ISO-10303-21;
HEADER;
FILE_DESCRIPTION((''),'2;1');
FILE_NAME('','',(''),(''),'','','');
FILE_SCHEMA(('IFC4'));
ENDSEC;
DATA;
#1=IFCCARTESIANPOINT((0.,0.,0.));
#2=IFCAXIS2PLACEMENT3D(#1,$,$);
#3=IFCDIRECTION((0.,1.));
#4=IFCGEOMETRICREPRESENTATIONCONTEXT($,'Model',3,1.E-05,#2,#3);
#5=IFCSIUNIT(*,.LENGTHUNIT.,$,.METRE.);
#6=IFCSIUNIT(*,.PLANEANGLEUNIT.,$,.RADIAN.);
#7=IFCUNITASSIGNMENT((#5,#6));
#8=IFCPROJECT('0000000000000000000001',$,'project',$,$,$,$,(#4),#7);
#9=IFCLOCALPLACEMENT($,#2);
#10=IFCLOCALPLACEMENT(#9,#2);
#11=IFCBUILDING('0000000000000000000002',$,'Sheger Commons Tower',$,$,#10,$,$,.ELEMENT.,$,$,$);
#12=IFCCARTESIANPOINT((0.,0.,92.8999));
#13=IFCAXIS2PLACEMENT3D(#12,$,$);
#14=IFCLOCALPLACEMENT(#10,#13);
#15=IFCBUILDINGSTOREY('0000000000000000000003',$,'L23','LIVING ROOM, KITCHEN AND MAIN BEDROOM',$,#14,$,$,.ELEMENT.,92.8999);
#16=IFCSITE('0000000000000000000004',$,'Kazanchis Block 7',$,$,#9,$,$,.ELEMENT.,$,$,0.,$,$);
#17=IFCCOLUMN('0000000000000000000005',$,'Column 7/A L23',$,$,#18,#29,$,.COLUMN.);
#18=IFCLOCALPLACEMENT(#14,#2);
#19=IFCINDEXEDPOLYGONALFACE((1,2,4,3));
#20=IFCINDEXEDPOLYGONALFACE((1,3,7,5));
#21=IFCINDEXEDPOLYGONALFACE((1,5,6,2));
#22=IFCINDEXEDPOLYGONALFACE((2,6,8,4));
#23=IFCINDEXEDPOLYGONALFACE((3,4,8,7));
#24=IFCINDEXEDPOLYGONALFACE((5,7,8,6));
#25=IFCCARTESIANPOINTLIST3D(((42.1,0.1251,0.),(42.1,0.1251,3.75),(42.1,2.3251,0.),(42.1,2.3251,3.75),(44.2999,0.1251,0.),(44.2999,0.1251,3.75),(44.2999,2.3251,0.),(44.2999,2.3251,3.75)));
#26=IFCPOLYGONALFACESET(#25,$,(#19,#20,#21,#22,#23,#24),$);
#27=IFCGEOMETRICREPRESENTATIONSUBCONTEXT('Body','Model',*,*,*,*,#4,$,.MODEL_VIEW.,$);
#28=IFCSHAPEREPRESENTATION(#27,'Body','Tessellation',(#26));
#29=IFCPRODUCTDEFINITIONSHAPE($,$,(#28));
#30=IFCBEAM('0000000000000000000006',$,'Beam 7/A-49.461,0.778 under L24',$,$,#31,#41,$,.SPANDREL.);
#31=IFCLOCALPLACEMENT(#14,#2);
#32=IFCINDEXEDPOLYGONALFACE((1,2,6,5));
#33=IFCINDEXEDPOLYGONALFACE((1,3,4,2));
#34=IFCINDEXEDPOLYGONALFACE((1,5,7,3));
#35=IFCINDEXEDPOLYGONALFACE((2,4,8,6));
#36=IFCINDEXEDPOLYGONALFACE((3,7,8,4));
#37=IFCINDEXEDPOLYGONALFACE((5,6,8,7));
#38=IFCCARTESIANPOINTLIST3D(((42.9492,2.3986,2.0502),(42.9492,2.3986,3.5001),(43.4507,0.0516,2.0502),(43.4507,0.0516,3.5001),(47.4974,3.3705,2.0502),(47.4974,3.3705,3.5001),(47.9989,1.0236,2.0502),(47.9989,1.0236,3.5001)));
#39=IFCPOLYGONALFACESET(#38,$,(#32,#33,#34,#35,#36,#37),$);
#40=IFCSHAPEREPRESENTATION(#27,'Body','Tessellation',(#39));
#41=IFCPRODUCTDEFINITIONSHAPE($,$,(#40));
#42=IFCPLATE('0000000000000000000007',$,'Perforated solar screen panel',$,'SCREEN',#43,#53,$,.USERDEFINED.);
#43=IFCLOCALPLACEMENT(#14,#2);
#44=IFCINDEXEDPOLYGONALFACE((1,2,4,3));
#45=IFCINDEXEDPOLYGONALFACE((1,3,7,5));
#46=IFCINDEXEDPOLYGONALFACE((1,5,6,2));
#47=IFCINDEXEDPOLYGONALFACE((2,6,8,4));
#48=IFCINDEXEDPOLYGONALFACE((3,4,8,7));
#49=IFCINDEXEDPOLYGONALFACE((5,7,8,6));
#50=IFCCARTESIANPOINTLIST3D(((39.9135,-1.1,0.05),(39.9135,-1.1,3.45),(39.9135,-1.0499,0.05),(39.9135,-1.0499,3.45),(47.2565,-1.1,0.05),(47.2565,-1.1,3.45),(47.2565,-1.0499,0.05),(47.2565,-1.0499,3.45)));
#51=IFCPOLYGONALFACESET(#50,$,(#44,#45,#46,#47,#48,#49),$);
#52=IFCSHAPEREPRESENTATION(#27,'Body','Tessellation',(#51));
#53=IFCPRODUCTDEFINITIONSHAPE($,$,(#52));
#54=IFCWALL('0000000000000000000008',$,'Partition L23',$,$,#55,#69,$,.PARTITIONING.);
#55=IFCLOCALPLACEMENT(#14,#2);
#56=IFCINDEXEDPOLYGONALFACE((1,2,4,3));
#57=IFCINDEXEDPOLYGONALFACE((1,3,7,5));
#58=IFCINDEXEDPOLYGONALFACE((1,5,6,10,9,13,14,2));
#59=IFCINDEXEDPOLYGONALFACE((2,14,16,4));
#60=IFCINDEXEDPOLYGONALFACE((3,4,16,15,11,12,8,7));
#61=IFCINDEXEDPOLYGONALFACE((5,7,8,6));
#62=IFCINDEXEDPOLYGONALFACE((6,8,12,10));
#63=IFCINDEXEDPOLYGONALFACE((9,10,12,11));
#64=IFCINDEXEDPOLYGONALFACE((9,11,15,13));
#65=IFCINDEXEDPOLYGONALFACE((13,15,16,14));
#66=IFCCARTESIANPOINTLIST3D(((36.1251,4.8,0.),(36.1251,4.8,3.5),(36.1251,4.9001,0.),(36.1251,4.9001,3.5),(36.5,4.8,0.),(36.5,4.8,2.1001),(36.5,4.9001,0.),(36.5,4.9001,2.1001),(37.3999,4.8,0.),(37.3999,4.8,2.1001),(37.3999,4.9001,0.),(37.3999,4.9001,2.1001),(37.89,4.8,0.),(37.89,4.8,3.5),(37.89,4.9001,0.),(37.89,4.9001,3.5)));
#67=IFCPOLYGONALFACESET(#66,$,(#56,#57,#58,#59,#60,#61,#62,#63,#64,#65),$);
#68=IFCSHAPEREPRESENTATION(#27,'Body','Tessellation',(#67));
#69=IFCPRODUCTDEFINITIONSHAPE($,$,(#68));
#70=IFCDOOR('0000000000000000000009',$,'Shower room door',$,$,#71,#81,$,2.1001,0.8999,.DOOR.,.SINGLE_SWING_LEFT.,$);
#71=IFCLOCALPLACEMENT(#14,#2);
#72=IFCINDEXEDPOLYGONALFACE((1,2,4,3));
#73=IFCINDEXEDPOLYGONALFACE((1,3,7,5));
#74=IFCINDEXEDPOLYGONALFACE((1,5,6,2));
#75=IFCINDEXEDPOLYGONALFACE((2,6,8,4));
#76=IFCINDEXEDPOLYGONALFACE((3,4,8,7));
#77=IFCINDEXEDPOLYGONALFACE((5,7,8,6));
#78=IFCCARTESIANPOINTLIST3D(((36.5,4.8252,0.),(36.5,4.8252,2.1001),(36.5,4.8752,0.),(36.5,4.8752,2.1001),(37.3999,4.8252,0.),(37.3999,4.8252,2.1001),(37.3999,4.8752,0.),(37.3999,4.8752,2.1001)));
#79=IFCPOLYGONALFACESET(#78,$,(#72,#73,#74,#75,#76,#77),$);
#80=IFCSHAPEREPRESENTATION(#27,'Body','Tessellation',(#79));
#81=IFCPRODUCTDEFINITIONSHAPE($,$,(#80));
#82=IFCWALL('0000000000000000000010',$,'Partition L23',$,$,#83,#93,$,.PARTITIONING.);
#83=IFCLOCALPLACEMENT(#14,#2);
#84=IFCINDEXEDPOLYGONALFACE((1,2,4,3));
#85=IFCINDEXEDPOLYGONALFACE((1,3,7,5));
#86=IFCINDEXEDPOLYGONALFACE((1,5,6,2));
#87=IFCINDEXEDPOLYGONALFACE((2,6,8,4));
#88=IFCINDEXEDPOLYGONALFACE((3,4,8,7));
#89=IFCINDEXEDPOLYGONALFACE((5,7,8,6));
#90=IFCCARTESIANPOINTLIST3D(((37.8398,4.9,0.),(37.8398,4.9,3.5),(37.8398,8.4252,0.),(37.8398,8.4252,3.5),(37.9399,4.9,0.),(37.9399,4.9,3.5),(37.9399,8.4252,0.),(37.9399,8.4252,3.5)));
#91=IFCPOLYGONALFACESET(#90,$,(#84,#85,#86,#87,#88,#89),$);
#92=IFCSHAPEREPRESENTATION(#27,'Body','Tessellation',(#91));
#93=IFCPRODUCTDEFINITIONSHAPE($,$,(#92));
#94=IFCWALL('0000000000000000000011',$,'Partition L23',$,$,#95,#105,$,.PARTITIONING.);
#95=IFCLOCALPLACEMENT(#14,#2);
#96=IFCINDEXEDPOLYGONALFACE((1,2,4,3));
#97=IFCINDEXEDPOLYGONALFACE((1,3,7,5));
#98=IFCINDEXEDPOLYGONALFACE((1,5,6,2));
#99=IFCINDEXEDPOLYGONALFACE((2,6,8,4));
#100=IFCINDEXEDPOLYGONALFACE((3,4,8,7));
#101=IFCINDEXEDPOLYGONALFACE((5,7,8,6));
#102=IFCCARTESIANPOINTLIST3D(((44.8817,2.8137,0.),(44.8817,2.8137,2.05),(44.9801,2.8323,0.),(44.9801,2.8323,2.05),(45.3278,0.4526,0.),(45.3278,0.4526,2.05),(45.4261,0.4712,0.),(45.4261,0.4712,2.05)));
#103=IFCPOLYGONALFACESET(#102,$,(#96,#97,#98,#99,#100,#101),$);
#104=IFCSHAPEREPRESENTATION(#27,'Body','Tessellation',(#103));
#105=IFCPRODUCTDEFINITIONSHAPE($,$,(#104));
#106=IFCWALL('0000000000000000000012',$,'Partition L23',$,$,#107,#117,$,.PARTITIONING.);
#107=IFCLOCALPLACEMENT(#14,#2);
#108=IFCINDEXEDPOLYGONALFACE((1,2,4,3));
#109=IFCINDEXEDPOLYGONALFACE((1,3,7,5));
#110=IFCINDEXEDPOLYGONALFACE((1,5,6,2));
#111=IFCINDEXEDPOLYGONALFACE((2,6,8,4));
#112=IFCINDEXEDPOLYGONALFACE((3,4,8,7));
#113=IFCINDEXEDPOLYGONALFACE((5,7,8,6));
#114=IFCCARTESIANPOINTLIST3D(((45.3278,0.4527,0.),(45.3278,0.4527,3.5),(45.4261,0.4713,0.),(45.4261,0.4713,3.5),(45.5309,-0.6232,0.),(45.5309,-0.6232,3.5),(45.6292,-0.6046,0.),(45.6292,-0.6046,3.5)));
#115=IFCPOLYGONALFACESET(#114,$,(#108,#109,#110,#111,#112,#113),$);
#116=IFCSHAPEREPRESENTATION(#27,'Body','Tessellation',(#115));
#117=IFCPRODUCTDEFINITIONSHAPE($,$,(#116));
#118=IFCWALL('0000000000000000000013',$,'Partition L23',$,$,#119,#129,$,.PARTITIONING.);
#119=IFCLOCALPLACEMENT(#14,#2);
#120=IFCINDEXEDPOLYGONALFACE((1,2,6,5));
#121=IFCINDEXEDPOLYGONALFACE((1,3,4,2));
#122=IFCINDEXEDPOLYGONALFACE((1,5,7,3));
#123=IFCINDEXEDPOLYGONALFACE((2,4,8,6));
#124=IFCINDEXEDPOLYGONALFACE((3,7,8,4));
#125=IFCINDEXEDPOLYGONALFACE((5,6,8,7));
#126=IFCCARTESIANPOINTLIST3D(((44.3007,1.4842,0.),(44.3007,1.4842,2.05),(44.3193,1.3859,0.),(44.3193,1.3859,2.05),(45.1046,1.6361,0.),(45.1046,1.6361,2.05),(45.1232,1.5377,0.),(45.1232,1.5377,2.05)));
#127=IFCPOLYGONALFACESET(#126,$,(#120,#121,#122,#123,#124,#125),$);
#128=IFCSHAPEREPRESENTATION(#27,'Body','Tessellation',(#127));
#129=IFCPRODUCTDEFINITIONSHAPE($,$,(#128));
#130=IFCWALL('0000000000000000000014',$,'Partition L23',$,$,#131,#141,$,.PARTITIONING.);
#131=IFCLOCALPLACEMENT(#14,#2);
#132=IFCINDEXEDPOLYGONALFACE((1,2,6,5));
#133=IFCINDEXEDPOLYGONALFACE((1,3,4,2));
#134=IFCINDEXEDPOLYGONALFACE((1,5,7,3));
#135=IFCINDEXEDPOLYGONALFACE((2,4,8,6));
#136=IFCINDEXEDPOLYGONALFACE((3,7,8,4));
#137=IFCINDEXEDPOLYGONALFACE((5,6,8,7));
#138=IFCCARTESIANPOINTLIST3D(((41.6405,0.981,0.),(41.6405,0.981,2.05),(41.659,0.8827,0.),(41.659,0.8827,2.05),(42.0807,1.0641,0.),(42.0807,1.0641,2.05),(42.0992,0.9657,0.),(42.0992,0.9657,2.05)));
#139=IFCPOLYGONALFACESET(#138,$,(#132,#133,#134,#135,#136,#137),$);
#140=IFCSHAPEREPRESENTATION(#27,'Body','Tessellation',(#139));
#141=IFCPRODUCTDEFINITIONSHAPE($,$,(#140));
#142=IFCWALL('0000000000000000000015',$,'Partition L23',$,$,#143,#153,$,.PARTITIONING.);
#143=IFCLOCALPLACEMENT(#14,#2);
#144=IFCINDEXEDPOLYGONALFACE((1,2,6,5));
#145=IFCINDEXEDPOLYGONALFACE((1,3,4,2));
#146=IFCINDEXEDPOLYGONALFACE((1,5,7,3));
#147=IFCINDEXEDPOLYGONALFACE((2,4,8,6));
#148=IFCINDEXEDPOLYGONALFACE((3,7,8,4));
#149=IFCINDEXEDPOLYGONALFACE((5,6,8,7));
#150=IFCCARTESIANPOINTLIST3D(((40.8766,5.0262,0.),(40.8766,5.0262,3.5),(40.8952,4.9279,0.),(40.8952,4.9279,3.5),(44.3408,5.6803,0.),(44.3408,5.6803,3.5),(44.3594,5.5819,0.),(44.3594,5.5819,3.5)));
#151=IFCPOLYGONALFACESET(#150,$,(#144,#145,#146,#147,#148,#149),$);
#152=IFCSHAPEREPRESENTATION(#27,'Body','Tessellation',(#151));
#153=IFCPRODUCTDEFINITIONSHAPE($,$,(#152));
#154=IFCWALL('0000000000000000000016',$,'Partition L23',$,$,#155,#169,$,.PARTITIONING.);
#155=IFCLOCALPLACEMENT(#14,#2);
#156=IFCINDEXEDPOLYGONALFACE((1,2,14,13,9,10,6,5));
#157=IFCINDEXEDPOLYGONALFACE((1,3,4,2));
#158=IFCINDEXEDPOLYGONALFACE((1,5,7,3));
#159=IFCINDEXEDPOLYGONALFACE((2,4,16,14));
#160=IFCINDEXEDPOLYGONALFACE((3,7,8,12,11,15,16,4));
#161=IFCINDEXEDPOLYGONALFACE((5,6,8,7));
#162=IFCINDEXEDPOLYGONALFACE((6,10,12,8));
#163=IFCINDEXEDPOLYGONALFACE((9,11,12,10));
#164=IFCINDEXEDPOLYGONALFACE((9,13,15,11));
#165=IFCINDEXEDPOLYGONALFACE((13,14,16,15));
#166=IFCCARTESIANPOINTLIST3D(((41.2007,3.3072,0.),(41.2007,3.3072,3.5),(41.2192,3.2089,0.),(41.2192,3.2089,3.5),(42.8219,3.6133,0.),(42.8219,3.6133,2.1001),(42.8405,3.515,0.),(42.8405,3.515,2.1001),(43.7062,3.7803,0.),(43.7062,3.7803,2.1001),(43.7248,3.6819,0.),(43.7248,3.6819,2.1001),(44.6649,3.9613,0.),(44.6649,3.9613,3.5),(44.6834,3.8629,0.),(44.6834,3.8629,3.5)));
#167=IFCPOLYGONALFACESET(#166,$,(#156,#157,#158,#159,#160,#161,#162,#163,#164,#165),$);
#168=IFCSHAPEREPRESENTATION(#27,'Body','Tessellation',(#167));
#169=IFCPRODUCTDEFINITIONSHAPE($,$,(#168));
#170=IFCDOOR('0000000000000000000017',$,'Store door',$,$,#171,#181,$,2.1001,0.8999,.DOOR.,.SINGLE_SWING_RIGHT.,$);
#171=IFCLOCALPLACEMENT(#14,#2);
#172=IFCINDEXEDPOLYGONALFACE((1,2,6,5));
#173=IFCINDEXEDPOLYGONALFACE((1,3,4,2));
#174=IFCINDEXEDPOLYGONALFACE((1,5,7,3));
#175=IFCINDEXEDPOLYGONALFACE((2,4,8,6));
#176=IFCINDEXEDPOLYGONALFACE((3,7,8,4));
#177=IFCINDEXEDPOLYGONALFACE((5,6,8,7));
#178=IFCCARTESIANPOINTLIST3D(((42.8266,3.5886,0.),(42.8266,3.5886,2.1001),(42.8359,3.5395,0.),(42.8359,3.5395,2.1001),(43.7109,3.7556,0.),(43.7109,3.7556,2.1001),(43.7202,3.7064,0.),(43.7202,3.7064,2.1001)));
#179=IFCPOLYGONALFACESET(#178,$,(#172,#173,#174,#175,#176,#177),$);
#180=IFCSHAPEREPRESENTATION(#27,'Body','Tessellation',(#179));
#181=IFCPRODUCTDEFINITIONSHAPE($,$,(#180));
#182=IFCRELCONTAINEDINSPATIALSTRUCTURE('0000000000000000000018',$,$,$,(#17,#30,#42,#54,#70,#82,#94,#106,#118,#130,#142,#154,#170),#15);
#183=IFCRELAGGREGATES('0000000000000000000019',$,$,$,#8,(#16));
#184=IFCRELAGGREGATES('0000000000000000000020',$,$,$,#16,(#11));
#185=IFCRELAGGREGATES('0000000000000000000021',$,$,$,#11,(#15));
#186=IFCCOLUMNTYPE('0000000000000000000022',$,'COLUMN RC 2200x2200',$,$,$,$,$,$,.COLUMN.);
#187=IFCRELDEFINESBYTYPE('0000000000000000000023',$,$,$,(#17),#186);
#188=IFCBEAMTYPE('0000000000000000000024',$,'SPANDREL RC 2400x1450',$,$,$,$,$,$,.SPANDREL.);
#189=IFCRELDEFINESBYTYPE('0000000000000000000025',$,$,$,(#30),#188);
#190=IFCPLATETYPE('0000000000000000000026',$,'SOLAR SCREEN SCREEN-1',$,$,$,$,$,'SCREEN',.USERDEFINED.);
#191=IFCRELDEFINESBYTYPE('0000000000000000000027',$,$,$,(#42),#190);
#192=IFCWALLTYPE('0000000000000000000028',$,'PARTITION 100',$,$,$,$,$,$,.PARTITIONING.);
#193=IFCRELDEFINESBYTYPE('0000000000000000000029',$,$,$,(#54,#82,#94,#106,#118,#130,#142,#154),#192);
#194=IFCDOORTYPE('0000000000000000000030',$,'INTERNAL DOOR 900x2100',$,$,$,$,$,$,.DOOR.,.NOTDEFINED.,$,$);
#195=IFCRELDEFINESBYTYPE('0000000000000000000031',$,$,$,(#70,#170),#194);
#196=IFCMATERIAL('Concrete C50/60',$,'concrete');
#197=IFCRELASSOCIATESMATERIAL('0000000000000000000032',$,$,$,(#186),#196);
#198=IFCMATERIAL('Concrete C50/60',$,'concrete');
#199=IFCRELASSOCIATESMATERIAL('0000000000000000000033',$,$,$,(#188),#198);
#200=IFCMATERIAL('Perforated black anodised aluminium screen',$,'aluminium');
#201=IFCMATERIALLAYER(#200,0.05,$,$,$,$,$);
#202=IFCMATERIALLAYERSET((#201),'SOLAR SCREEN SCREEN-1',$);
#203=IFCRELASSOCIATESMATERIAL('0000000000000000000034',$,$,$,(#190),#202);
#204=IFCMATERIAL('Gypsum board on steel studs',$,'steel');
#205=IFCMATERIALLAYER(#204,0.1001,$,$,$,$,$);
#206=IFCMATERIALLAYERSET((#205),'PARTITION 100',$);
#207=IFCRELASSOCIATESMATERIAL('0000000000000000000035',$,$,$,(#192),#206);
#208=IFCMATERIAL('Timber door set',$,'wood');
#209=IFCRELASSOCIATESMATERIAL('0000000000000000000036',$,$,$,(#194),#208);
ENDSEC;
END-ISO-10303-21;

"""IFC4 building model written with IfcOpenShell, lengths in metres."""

from ifc_helpers import new_model, si_unit, direction, frame, frame_2d, origin, origin_2d, place, context, subcontext, project, spatial, rectangle, extrude, material, layer, layer_set, material_profile, profile_set, type_object, element, fill, save


model = new_model("IFC4")

# Units and contexts
model_context = context("Model", 3, precision=1e-05, world=origin(), true_north=direction((0.0, 1.0)))
body_context = subcontext(model_context, "Body", "Model", "MODEL_VIEW")
ifc_project = project(units=[si_unit("LENGTHUNIT", "METRE"), si_unit("PLANEANGLEUNIT", "RADIAN")], contexts=[model_context])

# Site, building, storey
site_placement = place(None, origin())
site = spatial("IfcSite", under=ifc_project, at=site_placement, Name="Kazanchis Block 7", CompositionType="ELEMENT", RefElevation=0.0)
building_placement = place(site_placement, origin())
building = spatial("IfcBuilding", under=site, at=building_placement, Name="Sheger Commons Tower", CompositionType="ELEMENT")
storey_placement = place(building_placement, frame((0.0, 0.0, 92.8999)))
storey = spatial("IfcBuildingStorey", under=building, at=storey_placement, Name="L23", Description="LIVING ROOM, KITCHEN AND MAIN BEDROOM", CompositionType="ELEMENT", Elevation=92.8999)

# Column
ifc_material_1 = material(Name="Concrete C50/60", Category="concrete")
ifc_material_profile_1 = material_profile(ifc_material_1, rectangle(XDim=2.2, YDim=2.2, at=origin_2d()), Name="RC 2200x2200")
ifc_profile_set_1 = profile_set([ifc_material_profile_1], Name="Concrete C50/60")
column_type = type_object("IfcColumnType", Name="COLUMN RC 2200x2200", PredefinedType="COLUMN", material=ifc_profile_set_1)
column_placement = place(storey_placement, frame((43.2, 1.2251, 0.0), z_axis=(0.0, 0.0, 1.0), x_axis=(1.0, 0.0, 0.0)))
element("IfcColumn", 1, at=column_placement, inside=storey, type_object=column_type, Name="Column 7/A L23", PredefinedType="COLUMN", context=body_context, shape_type="SweptSolid", body=[
    extrude(rectangle(XDim=2.2, YDim=2.2, at=origin_2d()), origin(), (0.0, 0.0, 1.0), 3.75),
])

# Beam
ifc_material_2 = material(Name="Concrete C50/60", Category="concrete")
ifc_material_profile_2 = material_profile(ifc_material_2, rectangle(XDim=2.3999, YDim=1.45, at=origin_2d()), Name="RC 2400x1450")
ifc_profile_set_2 = profile_set([ifc_material_profile_2], Name="Concrete C50/60")
beam_type = type_object("IfcBeamType", Name="SPANDREL RC 2400x1450", PredefinedType="SPANDREL", material=ifc_profile_set_2)
beam_placement = place(storey_placement, frame((43.2, 1.2251, 2.7751), z_axis=(0.97792, 0.208981, 0.0), x_axis=(-0.208981, 0.97792, 0.0)))
element("IfcBeam", 2, at=beam_placement, inside=storey, type_object=beam_type, Name="Beam 7/A-49.461,0.778 under L24", PredefinedType="SPANDREL", context=body_context, shape_type="SweptSolid", body=[
    extrude(rectangle(XDim=2.3999, YDim=1.45, at=origin_2d()), origin(), (0.0, 0.0, 1.0), 4.6509),
])

# Plate
ifc_material_3 = material(Name="Perforated black anodised aluminium screen", Category="aluminium")
ifc_layer_1 = layer(ifc_material_3, 0.05)
ifc_layer_set_1 = layer_set([ifc_layer_1], Name="SOLAR SCREEN SCREEN-1")
plate_type = type_object("IfcPlateType", Name="SOLAR SCREEN SCREEN-1", ElementType="SCREEN", PredefinedType="USERDEFINED", material=ifc_layer_set_1)
plate_placement = place(storey_placement, frame((43.585, -1.075, 0.05), z_axis=(0.0, 0.0, 1.0), x_axis=(1.0, 0.0, 0.0)))
element("IfcPlate", 3, at=plate_placement, inside=storey, type_object=plate_type, Name="Perforated solar screen panel", ObjectType="SCREEN", PredefinedType="USERDEFINED", context=body_context, shape_type="SweptSolid", body=[
    extrude(rectangle(XDim=7.343, YDim=0.05, at=origin_2d()), origin(), (0.0, 0.0, 1.0), 3.3999),
])

# Wall, opening, door
ifc_material_4 = material(Name="Gypsum board on steel studs", Category="steel")
ifc_layer_2 = layer(ifc_material_4, 0.1001)
ifc_layer_set_2 = layer_set([ifc_layer_2], Name="PARTITION 100")
wall_type = type_object("IfcWallType", Name="PARTITION 100", PredefinedType="PARTITIONING", material=ifc_layer_set_2)
wall_1_placement = place(storey_placement, frame((37.8899, 4.8501, 0.0), z_axis=(0.0, 0.0, 1.0), x_axis=(-1.0, 0.0, 0.0)))
wall_1 = element("IfcWall", 4, at=wall_1_placement, inside=storey, type_object=wall_type, Name="Partition L23", PredefinedType="PARTITIONING", context=body_context, shape_type="SweptSolid", body=[
    extrude(rectangle(XDim=1.7649, YDim=0.1001, at=frame_2d((0.8823, 0.0))), origin(), (0.0, 0.0, 1.0), 3.5),
])
opening_1_placement = place(wall_1_placement, frame((0.49, 0.0, 0.0)))
opening_1 = element("IfcOpeningElement", 5, at=opening_1_placement, cuts=wall_1, PredefinedType="OPENING", context=body_context, shape_type="SweptSolid", body=[
    extrude(rectangle(XDim=0.8999, YDim=2.1001, at=frame_2d((0.45, 1.05))), frame((0.0, 0.0601, 0.0), z_axis=(0.0, -1.0, 0.0), x_axis=(1.0, 0.0, 0.0)), (0.0, 0.0, 1.0), 0.1201),
])
ifc_material_5 = material(Name="Timber door set", Category="wood")
door_type = type_object("IfcDoorType", Name="INTERNAL DOOR 900x2100", OperationType="NOTDEFINED", PredefinedType="DOOR", material=ifc_material_5)
door_1_placement = place(opening_1_placement, origin())
door_1 = element("IfcDoor", 6, at=door_1_placement, inside=storey, type_object=door_type, Name="Shower room door", OperationType="SINGLE_SWING_LEFT", OverallHeight=2.1001, OverallWidth=0.8999, PredefinedType="DOOR", context=body_context, shape_type="SweptSolid", body=[
    extrude(rectangle(XDim=0.8999, YDim=2.1001, at=frame_2d((0.45, 1.05))), frame((0.0, 0.0249, 0.0), z_axis=(0.0, -1.0, 0.0), x_axis=(1.0, 0.0, 0.0)), (0.0, 0.0, 1.0), 0.05),
])
fill(opening_1, door_1)

# Walls
wall_2_placement = place(storey_placement, frame((37.8899, 4.8999, 0.0), z_axis=(0.0, 0.0, 1.0), x_axis=(0.0, 1.0, 0.0)))
element("IfcWall", 7, at=wall_2_placement, inside=storey, type_object=wall_type, Name="Partition L23", PredefinedType="PARTITIONING", context=body_context, shape_type="SweptSolid", body=[
    extrude(rectangle(XDim=3.5251, YDim=0.1001, at=frame_2d((1.7627, 0.0))), origin(), (0.0, 0.0, 1.0), 3.5),
])
wall_3_placement = place(storey_placement, frame((44.9309, 2.823, 0.0), z_axis=(0.0, 0.0, 1.0), x_axis=(0.185632, -0.982619, 0.0)))
element("IfcWall", 8, at=wall_3_placement, inside=storey, type_object=wall_type, Name="Partition L23", PredefinedType="PARTITIONING", context=body_context, shape_type="SweptSolid", body=[
    extrude(rectangle(XDim=2.4028, YDim=0.1001, at=frame_2d((1.2014, 0.0))), origin(), (0.0, 0.0, 1.0), 2.05),
])
wall_4_placement = place(storey_placement, frame((45.377, 0.4619, 0.0), z_axis=(0.0, 0.0, 1.0), x_axis=(0.185513, -0.982642, 0.0)))
element("IfcWall", 9, at=wall_4_placement, inside=storey, type_object=wall_type, Name="Partition L23", PredefinedType="PARTITIONING", context=body_context, shape_type="SweptSolid", body=[
    extrude(rectangle(XDim=1.095, YDim=0.1001, at=frame_2d((0.5474, 0.0))), origin(), (0.0, 0.0, 1.0), 3.5),
])
wall_5_placement = place(storey_placement, frame((45.114, 1.5869, 0.0), z_axis=(0.0, 0.0, 1.0), x_axis=(-0.982625, -0.185604, 0.0)))
element("IfcWall", 10, at=wall_5_placement, inside=storey, type_object=wall_type, Name="Partition L23", PredefinedType="PARTITIONING", context=body_context, shape_type="SweptSolid", body=[
    extrude(rectangle(XDim=0.8181, YDim=0.1001, at=frame_2d((0.4092, 0.0))), origin(), (0.0, 0.0, 1.0), 2.05),
])
wall_6_placement = place(storey_placement, frame((42.0901, 1.0149, 0.0), z_axis=(0.0, 0.0, 1.0), x_axis=(-0.98268, -0.185309, 0.0)))
element("IfcWall", 11, at=wall_6_placement, inside=storey, type_object=wall_type, Name="Partition L23", PredefinedType="PARTITIONING", context=body_context, shape_type="SweptSolid", body=[
    extrude(rectangle(XDim=0.448, YDim=0.1001, at=frame_2d((0.2241, 0.0))), origin(), (0.0, 0.0, 1.0), 2.05),
])
wall_7_placement = place(storey_placement, frame((44.3501, 5.6311, 0.0), z_axis=(0.0, 0.0, 1.0), x_axis=(-0.982639, -0.18553, 0.0)))
element("IfcWall", 12, at=wall_7_placement, inside=storey, type_object=wall_type, Name="Partition L23", PredefinedType="PARTITIONING", context=body_context, shape_type="SweptSolid", body=[
    extrude(rectangle(XDim=3.5254, YDim=0.1001, at=frame_2d((1.7627, 0.0))), origin(), (0.0, 0.0, 1.0), 3.5),
])

# Wall, opening, door
wall_8_placement = place(storey_placement, frame((41.21, 3.2581, 0.0), z_axis=(0.0, 0.0, 1.0), x_axis=(0.982639, 0.18553, 0.0)))
wall_8 = element("IfcWall", 13, at=wall_8_placement, inside=storey, type_object=wall_type, Name="Partition L23", PredefinedType="PARTITIONING", context=body_context, shape_type="SweptSolid", body=[
    extrude(rectangle(XDim=3.5254, YDim=0.1001, at=frame_2d((1.7627, 0.0))), origin(), (0.0, 0.0, 1.0), 3.5),
])
opening_2_placement = place(wall_8_placement, frame((1.6499, 0.0, 0.0)))
opening_2 = element("IfcOpeningElement", 14, at=opening_2_placement, cuts=wall_8, PredefinedType="OPENING", context=body_context, shape_type="SweptSolid", body=[
    extrude(rectangle(XDim=0.8999, YDim=2.1001, at=frame_2d((0.45, 1.05))), frame((0.0, 0.0601, 0.0), z_axis=(0.0, -1.0, 0.0), x_axis=(1.0, 0.0, 0.0)), (0.0, 0.0, 1.0), 0.1201),
])
door_2_placement = place(opening_2_placement, origin())
door_2 = element("IfcDoor", 15, at=door_2_placement, inside=storey, type_object=door_type, Name="Store door", OperationType="SINGLE_SWING_RIGHT", OverallHeight=2.1001, OverallWidth=0.8999, PredefinedType="DOOR", context=body_context, shape_type="SweptSolid", body=[
    extrude(rectangle(XDim=0.8999, YDim=2.1001, at=frame_2d((0.45, 1.05))), frame((0.0, 0.0249, 0.0), z_axis=(0.0, -1.0, 0.0), x_axis=(1.0, 0.0, 0.0)), (0.0, 0.0, 1.0), 0.05),
])
fill(opening_2, door_2)

save(model, "model.ifc")
